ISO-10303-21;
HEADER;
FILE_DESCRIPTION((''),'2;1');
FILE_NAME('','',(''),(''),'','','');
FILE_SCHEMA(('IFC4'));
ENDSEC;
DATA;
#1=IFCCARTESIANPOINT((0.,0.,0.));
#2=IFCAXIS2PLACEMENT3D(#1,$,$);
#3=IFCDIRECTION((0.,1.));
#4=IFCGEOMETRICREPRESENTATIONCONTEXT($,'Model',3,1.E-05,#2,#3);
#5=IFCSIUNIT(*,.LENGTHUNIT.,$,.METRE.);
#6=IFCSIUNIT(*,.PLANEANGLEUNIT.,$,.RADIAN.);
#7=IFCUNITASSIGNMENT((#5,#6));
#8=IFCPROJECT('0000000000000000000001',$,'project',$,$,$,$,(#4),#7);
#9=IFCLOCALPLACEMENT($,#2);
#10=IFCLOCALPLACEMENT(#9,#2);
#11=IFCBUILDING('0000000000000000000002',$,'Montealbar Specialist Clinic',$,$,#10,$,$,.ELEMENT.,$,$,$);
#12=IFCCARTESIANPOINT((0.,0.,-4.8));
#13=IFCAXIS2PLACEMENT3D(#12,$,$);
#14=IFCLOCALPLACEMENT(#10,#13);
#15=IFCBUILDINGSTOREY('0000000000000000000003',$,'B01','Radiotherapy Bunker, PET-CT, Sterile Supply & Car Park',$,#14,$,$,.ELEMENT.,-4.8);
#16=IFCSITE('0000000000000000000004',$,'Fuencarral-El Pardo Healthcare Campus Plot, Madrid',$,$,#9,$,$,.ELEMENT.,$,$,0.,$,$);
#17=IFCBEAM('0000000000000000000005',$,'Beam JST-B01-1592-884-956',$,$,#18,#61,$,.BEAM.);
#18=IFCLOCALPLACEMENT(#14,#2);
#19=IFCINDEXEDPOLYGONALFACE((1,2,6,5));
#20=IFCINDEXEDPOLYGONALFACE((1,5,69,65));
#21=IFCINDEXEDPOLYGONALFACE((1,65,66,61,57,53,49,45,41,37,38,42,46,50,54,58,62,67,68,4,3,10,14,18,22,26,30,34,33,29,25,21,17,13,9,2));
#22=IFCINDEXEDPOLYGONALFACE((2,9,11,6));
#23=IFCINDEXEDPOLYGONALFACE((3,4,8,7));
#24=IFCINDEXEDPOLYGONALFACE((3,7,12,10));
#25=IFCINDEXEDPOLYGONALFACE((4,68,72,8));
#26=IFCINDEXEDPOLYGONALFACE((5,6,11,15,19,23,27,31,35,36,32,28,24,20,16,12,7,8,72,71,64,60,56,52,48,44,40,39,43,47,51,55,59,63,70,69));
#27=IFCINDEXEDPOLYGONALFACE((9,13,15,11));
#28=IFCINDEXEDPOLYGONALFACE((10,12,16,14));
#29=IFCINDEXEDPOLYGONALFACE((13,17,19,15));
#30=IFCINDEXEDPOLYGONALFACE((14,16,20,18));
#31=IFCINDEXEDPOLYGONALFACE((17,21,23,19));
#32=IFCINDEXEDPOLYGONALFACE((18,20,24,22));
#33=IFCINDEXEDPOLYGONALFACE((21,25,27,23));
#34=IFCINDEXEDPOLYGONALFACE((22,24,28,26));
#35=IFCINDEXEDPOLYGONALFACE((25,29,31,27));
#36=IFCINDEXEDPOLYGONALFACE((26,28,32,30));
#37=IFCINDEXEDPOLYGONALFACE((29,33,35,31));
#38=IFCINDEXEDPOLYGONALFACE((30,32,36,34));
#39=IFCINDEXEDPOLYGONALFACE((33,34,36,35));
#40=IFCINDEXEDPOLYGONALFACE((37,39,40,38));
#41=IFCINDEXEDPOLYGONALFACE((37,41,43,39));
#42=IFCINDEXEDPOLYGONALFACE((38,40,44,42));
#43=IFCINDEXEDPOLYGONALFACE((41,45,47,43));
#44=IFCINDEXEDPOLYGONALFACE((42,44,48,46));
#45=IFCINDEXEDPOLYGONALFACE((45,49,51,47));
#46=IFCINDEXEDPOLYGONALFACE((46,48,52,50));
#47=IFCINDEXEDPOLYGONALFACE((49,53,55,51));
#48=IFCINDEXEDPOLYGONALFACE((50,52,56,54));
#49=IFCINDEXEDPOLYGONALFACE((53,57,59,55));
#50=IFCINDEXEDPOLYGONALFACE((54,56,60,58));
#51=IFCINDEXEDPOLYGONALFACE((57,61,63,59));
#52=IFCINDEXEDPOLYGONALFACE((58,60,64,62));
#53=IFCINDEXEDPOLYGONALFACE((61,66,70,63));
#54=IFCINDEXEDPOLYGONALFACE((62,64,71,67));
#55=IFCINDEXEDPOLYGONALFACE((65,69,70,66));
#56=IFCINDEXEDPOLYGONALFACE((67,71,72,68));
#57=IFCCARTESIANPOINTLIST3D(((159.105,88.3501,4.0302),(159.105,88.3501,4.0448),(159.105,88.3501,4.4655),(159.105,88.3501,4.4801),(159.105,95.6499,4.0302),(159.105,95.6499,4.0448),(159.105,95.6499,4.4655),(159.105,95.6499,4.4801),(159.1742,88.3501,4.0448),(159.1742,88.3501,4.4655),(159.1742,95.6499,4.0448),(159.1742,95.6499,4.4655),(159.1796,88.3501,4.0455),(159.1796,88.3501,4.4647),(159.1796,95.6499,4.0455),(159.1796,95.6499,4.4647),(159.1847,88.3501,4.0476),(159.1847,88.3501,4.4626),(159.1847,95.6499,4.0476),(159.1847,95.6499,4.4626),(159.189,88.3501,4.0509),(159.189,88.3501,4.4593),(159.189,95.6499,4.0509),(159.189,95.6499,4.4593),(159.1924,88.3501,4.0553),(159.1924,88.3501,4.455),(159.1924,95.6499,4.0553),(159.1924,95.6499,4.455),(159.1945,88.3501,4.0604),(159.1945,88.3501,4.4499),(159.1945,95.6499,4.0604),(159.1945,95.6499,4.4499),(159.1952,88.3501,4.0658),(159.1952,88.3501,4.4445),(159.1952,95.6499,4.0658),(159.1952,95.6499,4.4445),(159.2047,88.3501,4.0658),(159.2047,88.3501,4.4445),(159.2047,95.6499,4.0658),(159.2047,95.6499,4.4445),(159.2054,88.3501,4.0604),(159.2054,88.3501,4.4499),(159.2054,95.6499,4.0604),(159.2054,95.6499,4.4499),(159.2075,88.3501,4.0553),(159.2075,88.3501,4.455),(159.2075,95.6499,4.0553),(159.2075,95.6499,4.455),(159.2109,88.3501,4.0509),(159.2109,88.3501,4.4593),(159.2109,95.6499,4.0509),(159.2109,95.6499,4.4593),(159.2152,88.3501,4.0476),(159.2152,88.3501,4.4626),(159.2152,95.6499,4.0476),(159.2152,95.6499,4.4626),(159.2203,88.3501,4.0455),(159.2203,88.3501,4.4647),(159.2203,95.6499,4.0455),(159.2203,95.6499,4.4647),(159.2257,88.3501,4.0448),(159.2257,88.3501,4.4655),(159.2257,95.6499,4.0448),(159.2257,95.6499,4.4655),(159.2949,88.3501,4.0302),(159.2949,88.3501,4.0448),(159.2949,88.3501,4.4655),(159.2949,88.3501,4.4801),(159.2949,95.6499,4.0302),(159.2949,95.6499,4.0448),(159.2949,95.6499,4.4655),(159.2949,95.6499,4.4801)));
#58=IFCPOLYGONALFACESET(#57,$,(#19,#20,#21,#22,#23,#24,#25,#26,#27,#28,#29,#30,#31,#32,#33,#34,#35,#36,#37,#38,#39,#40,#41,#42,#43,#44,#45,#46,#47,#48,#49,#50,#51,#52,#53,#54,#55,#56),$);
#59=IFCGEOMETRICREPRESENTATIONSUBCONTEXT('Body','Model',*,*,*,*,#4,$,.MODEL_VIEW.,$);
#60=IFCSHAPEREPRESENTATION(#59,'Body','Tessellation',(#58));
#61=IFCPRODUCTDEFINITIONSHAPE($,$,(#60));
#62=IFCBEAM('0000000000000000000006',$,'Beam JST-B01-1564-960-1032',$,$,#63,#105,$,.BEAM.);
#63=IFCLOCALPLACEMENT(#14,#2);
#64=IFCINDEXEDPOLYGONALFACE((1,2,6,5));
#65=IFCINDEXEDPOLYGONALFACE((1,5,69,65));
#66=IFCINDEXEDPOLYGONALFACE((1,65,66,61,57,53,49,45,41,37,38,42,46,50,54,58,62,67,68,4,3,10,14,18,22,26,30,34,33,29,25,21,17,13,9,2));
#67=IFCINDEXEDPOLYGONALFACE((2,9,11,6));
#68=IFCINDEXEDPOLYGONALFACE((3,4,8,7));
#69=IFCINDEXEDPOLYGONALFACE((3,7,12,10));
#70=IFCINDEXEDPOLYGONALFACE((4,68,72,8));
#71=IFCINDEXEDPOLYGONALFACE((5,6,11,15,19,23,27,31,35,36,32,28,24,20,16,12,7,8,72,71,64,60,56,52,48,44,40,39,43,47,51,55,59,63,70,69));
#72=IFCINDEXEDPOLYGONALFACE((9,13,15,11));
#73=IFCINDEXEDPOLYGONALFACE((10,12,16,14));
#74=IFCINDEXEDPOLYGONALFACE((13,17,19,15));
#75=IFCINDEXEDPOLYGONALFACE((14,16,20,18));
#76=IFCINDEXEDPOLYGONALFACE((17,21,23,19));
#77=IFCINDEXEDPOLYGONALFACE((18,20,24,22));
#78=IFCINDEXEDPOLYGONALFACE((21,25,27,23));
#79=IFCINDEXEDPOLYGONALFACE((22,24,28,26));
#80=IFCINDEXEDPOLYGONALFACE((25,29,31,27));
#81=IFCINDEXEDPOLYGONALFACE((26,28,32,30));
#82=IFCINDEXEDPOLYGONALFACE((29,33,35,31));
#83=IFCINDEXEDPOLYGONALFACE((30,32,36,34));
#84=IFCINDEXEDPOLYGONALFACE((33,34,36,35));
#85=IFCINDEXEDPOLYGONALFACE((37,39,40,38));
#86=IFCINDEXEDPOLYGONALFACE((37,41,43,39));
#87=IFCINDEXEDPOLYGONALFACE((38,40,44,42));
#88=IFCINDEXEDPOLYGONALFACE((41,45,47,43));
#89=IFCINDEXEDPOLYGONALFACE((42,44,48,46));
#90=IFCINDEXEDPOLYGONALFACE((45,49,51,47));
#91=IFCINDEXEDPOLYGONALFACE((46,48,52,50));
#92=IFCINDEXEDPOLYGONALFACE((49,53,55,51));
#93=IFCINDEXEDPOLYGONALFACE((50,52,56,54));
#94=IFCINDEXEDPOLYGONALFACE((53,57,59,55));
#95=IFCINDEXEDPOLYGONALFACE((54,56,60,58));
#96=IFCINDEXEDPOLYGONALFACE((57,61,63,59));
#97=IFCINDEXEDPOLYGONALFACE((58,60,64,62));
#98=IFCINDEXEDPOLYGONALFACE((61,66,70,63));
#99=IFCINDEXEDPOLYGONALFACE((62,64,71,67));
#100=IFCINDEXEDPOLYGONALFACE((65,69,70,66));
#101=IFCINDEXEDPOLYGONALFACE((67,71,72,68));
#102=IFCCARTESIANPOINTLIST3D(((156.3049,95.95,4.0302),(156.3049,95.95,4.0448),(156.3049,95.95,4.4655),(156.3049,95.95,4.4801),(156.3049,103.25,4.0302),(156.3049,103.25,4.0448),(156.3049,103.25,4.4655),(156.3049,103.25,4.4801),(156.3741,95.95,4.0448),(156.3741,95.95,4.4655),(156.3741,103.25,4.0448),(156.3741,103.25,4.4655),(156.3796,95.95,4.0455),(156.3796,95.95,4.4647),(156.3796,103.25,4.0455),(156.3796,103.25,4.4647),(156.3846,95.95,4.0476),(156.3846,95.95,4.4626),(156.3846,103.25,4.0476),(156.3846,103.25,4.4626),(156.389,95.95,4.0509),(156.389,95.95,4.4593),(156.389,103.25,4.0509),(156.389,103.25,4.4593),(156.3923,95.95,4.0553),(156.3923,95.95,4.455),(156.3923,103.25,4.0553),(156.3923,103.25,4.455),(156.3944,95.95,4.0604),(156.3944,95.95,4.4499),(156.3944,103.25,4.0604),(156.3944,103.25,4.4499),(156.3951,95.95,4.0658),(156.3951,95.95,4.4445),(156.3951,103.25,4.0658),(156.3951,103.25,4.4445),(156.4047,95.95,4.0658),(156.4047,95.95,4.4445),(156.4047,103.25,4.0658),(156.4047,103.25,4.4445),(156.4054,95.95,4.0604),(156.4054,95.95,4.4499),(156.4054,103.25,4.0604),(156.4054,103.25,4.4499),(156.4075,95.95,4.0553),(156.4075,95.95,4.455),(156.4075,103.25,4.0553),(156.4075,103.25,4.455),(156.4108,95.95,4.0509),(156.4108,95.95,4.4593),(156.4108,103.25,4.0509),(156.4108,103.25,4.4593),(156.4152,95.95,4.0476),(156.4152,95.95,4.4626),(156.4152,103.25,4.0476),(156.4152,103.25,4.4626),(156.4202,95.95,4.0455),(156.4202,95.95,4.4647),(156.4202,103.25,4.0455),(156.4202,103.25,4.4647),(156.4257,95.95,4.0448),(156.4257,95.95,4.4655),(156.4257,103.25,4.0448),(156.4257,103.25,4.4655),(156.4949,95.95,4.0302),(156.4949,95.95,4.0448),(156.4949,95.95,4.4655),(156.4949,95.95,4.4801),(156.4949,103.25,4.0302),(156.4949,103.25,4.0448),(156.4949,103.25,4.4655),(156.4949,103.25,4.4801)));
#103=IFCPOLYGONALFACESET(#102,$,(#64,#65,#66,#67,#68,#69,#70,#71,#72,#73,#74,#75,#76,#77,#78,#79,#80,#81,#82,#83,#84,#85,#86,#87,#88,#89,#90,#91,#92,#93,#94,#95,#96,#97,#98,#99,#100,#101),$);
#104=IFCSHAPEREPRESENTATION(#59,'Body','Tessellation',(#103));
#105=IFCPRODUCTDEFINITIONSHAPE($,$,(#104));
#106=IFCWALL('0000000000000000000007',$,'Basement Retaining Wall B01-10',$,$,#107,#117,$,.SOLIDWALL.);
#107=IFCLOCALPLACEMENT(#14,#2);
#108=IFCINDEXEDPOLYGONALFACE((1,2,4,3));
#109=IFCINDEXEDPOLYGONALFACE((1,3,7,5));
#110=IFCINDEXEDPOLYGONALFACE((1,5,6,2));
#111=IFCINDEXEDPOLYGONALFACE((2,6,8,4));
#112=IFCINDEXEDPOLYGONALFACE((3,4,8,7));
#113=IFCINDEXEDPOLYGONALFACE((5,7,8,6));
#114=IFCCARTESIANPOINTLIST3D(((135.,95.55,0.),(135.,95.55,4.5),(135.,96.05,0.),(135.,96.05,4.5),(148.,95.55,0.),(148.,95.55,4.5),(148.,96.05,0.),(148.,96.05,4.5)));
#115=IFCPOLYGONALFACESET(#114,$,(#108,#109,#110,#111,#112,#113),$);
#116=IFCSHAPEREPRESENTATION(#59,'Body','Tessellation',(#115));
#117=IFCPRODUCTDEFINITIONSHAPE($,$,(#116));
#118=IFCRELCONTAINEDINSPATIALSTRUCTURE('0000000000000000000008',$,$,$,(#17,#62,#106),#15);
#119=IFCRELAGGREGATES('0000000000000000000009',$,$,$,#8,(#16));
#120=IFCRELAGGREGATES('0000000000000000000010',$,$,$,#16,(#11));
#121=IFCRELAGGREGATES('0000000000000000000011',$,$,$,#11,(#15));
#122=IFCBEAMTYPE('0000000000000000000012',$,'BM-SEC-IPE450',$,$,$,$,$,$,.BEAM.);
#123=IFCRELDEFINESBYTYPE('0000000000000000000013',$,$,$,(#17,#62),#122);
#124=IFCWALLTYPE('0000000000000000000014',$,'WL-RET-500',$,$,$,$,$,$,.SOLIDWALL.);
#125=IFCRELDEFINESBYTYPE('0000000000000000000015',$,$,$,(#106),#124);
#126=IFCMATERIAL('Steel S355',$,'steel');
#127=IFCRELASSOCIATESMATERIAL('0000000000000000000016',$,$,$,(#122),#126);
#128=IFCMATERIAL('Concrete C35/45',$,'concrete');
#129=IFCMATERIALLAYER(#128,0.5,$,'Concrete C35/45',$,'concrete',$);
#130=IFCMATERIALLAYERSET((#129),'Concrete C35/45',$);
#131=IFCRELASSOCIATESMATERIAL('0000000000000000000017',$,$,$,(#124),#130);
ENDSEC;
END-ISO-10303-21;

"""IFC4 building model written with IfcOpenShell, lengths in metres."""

from ifc_helpers import new_model, si_unit, direction, frame, frame_2d, origin, origin_2d, place, context, subcontext, project, spatial, rectangle, i_section, extrude, material, layer, layer_set, material_profile, profile_set, type_object, element, save


model = new_model("IFC4")

# Units and contexts
model_context = context("Model", 3, precision=1e-05, world=origin(), true_north=direction((0.0, 1.0)))
body_context = subcontext(model_context, "Body", "Model", "MODEL_VIEW")
ifc_project = project(units=[si_unit("LENGTHUNIT", "METRE"), si_unit("PLANEANGLEUNIT", "RADIAN")], contexts=[model_context])

# Site, building, storey
site_placement = place(None, origin())
site = spatial("IfcSite", under=ifc_project, at=site_placement, Name="Fuencarral-El Pardo Healthcare Campus Plot, Madrid", CompositionType="ELEMENT", RefElevation=0.0)
building_placement = place(site_placement, origin())
building = spatial("IfcBuilding", under=site, at=building_placement, Name="Montealbar Specialist Clinic", CompositionType="ELEMENT")
storey_placement = place(building_placement, frame((0.0, 0.0, -4.8)))
storey = spatial("IfcBuildingStorey", under=building, at=storey_placement, Name="B01", Description="Radiotherapy Bunker, PET-CT, Sterile Supply & Car Park", CompositionType="ELEMENT", Elevation=-4.8)

# Shared definitions
ifc_material_1 = material(Name="Concrete C35/45", Category="concrete")

# Shared definitions
ifc_material_2 = material(Name="Steel S355", Category="steel")

# Beams
ifc_material_profile_1 = material_profile(ifc_material_2, i_section(OverallWidth=0.1899, OverallDepth=0.45, WebThickness=0.0095, FlangeThickness=0.0146, FilletRadius=0.021, at=origin_2d()), Name="IPE 450", Category="steel")
ifc_profile_set_1 = profile_set([ifc_material_profile_1], Name="Steel S355")
beam_type_1 = type_object("IfcBeamType", Name="BM-SEC-IPE450", PredefinedType="BEAM", material=ifc_profile_set_1)
beam_1_placement = place(storey_placement, frame((159.2, 88.3501, 4.2551), z_axis=(0.0, 1.0, 0.0), x_axis=(-1.0, 0.0, 0.0)))
element("IfcBeam", 1, at=beam_1_placement, inside=storey, type_object=beam_type_1, Name="Beam JST-B01-1592-884-956", PredefinedType="BEAM", context=body_context, shape_type="SweptSolid", body=[
    extrude(i_section(OverallWidth=0.1899, OverallDepth=0.45, WebThickness=0.0095, FlangeThickness=0.0146, FilletRadius=0.021, at=origin_2d()), origin(), (0.0, 0.0, 1.0), 7.2998),
])
beam_2_placement = place(storey_placement, frame((156.3999, 95.95, 4.2551), z_axis=(0.0, 1.0, 0.0), x_axis=(-1.0, 0.0, 0.0)))
element("IfcBeam", 2, at=beam_2_placement, inside=storey, type_object=beam_type_1, Name="Beam JST-B01-1564-960-1032", PredefinedType="BEAM", context=body_context, shape_type="SweptSolid", body=[
    extrude(i_section(OverallWidth=0.1899, OverallDepth=0.45, WebThickness=0.0095, FlangeThickness=0.0146, FilletRadius=0.021, at=origin_2d()), origin(), (0.0, 0.0, 1.0), 7.3),
])

# Wall
ifc_layer = layer(ifc_material_1, 0.5, Name="Concrete C35/45", Category="concrete")
ifc_layer_set = layer_set([ifc_layer], Name="Concrete C35/45")
wall_type = type_object("IfcWallType", Name="WL-RET-500", PredefinedType="SOLIDWALL", material=ifc_layer_set)
wall_placement = place(storey_placement, frame((148.0, 95.8, 0.0), z_axis=(0.0, 0.0, 1.0), x_axis=(-1.0, 0.0, 0.0)))
element("IfcWall", 3, at=wall_placement, inside=storey, type_object=wall_type, Name="Basement Retaining Wall B01-10", PredefinedType="SOLIDWALL", context=body_context, shape_type="SweptSolid", body=[
    extrude(rectangle(XDim=13.0, YDim=0.5, at=frame_2d((6.5, 0.0))), origin(), (0.0, 0.0, 1.0), 4.5),
])

save(model, "model.ifc")
